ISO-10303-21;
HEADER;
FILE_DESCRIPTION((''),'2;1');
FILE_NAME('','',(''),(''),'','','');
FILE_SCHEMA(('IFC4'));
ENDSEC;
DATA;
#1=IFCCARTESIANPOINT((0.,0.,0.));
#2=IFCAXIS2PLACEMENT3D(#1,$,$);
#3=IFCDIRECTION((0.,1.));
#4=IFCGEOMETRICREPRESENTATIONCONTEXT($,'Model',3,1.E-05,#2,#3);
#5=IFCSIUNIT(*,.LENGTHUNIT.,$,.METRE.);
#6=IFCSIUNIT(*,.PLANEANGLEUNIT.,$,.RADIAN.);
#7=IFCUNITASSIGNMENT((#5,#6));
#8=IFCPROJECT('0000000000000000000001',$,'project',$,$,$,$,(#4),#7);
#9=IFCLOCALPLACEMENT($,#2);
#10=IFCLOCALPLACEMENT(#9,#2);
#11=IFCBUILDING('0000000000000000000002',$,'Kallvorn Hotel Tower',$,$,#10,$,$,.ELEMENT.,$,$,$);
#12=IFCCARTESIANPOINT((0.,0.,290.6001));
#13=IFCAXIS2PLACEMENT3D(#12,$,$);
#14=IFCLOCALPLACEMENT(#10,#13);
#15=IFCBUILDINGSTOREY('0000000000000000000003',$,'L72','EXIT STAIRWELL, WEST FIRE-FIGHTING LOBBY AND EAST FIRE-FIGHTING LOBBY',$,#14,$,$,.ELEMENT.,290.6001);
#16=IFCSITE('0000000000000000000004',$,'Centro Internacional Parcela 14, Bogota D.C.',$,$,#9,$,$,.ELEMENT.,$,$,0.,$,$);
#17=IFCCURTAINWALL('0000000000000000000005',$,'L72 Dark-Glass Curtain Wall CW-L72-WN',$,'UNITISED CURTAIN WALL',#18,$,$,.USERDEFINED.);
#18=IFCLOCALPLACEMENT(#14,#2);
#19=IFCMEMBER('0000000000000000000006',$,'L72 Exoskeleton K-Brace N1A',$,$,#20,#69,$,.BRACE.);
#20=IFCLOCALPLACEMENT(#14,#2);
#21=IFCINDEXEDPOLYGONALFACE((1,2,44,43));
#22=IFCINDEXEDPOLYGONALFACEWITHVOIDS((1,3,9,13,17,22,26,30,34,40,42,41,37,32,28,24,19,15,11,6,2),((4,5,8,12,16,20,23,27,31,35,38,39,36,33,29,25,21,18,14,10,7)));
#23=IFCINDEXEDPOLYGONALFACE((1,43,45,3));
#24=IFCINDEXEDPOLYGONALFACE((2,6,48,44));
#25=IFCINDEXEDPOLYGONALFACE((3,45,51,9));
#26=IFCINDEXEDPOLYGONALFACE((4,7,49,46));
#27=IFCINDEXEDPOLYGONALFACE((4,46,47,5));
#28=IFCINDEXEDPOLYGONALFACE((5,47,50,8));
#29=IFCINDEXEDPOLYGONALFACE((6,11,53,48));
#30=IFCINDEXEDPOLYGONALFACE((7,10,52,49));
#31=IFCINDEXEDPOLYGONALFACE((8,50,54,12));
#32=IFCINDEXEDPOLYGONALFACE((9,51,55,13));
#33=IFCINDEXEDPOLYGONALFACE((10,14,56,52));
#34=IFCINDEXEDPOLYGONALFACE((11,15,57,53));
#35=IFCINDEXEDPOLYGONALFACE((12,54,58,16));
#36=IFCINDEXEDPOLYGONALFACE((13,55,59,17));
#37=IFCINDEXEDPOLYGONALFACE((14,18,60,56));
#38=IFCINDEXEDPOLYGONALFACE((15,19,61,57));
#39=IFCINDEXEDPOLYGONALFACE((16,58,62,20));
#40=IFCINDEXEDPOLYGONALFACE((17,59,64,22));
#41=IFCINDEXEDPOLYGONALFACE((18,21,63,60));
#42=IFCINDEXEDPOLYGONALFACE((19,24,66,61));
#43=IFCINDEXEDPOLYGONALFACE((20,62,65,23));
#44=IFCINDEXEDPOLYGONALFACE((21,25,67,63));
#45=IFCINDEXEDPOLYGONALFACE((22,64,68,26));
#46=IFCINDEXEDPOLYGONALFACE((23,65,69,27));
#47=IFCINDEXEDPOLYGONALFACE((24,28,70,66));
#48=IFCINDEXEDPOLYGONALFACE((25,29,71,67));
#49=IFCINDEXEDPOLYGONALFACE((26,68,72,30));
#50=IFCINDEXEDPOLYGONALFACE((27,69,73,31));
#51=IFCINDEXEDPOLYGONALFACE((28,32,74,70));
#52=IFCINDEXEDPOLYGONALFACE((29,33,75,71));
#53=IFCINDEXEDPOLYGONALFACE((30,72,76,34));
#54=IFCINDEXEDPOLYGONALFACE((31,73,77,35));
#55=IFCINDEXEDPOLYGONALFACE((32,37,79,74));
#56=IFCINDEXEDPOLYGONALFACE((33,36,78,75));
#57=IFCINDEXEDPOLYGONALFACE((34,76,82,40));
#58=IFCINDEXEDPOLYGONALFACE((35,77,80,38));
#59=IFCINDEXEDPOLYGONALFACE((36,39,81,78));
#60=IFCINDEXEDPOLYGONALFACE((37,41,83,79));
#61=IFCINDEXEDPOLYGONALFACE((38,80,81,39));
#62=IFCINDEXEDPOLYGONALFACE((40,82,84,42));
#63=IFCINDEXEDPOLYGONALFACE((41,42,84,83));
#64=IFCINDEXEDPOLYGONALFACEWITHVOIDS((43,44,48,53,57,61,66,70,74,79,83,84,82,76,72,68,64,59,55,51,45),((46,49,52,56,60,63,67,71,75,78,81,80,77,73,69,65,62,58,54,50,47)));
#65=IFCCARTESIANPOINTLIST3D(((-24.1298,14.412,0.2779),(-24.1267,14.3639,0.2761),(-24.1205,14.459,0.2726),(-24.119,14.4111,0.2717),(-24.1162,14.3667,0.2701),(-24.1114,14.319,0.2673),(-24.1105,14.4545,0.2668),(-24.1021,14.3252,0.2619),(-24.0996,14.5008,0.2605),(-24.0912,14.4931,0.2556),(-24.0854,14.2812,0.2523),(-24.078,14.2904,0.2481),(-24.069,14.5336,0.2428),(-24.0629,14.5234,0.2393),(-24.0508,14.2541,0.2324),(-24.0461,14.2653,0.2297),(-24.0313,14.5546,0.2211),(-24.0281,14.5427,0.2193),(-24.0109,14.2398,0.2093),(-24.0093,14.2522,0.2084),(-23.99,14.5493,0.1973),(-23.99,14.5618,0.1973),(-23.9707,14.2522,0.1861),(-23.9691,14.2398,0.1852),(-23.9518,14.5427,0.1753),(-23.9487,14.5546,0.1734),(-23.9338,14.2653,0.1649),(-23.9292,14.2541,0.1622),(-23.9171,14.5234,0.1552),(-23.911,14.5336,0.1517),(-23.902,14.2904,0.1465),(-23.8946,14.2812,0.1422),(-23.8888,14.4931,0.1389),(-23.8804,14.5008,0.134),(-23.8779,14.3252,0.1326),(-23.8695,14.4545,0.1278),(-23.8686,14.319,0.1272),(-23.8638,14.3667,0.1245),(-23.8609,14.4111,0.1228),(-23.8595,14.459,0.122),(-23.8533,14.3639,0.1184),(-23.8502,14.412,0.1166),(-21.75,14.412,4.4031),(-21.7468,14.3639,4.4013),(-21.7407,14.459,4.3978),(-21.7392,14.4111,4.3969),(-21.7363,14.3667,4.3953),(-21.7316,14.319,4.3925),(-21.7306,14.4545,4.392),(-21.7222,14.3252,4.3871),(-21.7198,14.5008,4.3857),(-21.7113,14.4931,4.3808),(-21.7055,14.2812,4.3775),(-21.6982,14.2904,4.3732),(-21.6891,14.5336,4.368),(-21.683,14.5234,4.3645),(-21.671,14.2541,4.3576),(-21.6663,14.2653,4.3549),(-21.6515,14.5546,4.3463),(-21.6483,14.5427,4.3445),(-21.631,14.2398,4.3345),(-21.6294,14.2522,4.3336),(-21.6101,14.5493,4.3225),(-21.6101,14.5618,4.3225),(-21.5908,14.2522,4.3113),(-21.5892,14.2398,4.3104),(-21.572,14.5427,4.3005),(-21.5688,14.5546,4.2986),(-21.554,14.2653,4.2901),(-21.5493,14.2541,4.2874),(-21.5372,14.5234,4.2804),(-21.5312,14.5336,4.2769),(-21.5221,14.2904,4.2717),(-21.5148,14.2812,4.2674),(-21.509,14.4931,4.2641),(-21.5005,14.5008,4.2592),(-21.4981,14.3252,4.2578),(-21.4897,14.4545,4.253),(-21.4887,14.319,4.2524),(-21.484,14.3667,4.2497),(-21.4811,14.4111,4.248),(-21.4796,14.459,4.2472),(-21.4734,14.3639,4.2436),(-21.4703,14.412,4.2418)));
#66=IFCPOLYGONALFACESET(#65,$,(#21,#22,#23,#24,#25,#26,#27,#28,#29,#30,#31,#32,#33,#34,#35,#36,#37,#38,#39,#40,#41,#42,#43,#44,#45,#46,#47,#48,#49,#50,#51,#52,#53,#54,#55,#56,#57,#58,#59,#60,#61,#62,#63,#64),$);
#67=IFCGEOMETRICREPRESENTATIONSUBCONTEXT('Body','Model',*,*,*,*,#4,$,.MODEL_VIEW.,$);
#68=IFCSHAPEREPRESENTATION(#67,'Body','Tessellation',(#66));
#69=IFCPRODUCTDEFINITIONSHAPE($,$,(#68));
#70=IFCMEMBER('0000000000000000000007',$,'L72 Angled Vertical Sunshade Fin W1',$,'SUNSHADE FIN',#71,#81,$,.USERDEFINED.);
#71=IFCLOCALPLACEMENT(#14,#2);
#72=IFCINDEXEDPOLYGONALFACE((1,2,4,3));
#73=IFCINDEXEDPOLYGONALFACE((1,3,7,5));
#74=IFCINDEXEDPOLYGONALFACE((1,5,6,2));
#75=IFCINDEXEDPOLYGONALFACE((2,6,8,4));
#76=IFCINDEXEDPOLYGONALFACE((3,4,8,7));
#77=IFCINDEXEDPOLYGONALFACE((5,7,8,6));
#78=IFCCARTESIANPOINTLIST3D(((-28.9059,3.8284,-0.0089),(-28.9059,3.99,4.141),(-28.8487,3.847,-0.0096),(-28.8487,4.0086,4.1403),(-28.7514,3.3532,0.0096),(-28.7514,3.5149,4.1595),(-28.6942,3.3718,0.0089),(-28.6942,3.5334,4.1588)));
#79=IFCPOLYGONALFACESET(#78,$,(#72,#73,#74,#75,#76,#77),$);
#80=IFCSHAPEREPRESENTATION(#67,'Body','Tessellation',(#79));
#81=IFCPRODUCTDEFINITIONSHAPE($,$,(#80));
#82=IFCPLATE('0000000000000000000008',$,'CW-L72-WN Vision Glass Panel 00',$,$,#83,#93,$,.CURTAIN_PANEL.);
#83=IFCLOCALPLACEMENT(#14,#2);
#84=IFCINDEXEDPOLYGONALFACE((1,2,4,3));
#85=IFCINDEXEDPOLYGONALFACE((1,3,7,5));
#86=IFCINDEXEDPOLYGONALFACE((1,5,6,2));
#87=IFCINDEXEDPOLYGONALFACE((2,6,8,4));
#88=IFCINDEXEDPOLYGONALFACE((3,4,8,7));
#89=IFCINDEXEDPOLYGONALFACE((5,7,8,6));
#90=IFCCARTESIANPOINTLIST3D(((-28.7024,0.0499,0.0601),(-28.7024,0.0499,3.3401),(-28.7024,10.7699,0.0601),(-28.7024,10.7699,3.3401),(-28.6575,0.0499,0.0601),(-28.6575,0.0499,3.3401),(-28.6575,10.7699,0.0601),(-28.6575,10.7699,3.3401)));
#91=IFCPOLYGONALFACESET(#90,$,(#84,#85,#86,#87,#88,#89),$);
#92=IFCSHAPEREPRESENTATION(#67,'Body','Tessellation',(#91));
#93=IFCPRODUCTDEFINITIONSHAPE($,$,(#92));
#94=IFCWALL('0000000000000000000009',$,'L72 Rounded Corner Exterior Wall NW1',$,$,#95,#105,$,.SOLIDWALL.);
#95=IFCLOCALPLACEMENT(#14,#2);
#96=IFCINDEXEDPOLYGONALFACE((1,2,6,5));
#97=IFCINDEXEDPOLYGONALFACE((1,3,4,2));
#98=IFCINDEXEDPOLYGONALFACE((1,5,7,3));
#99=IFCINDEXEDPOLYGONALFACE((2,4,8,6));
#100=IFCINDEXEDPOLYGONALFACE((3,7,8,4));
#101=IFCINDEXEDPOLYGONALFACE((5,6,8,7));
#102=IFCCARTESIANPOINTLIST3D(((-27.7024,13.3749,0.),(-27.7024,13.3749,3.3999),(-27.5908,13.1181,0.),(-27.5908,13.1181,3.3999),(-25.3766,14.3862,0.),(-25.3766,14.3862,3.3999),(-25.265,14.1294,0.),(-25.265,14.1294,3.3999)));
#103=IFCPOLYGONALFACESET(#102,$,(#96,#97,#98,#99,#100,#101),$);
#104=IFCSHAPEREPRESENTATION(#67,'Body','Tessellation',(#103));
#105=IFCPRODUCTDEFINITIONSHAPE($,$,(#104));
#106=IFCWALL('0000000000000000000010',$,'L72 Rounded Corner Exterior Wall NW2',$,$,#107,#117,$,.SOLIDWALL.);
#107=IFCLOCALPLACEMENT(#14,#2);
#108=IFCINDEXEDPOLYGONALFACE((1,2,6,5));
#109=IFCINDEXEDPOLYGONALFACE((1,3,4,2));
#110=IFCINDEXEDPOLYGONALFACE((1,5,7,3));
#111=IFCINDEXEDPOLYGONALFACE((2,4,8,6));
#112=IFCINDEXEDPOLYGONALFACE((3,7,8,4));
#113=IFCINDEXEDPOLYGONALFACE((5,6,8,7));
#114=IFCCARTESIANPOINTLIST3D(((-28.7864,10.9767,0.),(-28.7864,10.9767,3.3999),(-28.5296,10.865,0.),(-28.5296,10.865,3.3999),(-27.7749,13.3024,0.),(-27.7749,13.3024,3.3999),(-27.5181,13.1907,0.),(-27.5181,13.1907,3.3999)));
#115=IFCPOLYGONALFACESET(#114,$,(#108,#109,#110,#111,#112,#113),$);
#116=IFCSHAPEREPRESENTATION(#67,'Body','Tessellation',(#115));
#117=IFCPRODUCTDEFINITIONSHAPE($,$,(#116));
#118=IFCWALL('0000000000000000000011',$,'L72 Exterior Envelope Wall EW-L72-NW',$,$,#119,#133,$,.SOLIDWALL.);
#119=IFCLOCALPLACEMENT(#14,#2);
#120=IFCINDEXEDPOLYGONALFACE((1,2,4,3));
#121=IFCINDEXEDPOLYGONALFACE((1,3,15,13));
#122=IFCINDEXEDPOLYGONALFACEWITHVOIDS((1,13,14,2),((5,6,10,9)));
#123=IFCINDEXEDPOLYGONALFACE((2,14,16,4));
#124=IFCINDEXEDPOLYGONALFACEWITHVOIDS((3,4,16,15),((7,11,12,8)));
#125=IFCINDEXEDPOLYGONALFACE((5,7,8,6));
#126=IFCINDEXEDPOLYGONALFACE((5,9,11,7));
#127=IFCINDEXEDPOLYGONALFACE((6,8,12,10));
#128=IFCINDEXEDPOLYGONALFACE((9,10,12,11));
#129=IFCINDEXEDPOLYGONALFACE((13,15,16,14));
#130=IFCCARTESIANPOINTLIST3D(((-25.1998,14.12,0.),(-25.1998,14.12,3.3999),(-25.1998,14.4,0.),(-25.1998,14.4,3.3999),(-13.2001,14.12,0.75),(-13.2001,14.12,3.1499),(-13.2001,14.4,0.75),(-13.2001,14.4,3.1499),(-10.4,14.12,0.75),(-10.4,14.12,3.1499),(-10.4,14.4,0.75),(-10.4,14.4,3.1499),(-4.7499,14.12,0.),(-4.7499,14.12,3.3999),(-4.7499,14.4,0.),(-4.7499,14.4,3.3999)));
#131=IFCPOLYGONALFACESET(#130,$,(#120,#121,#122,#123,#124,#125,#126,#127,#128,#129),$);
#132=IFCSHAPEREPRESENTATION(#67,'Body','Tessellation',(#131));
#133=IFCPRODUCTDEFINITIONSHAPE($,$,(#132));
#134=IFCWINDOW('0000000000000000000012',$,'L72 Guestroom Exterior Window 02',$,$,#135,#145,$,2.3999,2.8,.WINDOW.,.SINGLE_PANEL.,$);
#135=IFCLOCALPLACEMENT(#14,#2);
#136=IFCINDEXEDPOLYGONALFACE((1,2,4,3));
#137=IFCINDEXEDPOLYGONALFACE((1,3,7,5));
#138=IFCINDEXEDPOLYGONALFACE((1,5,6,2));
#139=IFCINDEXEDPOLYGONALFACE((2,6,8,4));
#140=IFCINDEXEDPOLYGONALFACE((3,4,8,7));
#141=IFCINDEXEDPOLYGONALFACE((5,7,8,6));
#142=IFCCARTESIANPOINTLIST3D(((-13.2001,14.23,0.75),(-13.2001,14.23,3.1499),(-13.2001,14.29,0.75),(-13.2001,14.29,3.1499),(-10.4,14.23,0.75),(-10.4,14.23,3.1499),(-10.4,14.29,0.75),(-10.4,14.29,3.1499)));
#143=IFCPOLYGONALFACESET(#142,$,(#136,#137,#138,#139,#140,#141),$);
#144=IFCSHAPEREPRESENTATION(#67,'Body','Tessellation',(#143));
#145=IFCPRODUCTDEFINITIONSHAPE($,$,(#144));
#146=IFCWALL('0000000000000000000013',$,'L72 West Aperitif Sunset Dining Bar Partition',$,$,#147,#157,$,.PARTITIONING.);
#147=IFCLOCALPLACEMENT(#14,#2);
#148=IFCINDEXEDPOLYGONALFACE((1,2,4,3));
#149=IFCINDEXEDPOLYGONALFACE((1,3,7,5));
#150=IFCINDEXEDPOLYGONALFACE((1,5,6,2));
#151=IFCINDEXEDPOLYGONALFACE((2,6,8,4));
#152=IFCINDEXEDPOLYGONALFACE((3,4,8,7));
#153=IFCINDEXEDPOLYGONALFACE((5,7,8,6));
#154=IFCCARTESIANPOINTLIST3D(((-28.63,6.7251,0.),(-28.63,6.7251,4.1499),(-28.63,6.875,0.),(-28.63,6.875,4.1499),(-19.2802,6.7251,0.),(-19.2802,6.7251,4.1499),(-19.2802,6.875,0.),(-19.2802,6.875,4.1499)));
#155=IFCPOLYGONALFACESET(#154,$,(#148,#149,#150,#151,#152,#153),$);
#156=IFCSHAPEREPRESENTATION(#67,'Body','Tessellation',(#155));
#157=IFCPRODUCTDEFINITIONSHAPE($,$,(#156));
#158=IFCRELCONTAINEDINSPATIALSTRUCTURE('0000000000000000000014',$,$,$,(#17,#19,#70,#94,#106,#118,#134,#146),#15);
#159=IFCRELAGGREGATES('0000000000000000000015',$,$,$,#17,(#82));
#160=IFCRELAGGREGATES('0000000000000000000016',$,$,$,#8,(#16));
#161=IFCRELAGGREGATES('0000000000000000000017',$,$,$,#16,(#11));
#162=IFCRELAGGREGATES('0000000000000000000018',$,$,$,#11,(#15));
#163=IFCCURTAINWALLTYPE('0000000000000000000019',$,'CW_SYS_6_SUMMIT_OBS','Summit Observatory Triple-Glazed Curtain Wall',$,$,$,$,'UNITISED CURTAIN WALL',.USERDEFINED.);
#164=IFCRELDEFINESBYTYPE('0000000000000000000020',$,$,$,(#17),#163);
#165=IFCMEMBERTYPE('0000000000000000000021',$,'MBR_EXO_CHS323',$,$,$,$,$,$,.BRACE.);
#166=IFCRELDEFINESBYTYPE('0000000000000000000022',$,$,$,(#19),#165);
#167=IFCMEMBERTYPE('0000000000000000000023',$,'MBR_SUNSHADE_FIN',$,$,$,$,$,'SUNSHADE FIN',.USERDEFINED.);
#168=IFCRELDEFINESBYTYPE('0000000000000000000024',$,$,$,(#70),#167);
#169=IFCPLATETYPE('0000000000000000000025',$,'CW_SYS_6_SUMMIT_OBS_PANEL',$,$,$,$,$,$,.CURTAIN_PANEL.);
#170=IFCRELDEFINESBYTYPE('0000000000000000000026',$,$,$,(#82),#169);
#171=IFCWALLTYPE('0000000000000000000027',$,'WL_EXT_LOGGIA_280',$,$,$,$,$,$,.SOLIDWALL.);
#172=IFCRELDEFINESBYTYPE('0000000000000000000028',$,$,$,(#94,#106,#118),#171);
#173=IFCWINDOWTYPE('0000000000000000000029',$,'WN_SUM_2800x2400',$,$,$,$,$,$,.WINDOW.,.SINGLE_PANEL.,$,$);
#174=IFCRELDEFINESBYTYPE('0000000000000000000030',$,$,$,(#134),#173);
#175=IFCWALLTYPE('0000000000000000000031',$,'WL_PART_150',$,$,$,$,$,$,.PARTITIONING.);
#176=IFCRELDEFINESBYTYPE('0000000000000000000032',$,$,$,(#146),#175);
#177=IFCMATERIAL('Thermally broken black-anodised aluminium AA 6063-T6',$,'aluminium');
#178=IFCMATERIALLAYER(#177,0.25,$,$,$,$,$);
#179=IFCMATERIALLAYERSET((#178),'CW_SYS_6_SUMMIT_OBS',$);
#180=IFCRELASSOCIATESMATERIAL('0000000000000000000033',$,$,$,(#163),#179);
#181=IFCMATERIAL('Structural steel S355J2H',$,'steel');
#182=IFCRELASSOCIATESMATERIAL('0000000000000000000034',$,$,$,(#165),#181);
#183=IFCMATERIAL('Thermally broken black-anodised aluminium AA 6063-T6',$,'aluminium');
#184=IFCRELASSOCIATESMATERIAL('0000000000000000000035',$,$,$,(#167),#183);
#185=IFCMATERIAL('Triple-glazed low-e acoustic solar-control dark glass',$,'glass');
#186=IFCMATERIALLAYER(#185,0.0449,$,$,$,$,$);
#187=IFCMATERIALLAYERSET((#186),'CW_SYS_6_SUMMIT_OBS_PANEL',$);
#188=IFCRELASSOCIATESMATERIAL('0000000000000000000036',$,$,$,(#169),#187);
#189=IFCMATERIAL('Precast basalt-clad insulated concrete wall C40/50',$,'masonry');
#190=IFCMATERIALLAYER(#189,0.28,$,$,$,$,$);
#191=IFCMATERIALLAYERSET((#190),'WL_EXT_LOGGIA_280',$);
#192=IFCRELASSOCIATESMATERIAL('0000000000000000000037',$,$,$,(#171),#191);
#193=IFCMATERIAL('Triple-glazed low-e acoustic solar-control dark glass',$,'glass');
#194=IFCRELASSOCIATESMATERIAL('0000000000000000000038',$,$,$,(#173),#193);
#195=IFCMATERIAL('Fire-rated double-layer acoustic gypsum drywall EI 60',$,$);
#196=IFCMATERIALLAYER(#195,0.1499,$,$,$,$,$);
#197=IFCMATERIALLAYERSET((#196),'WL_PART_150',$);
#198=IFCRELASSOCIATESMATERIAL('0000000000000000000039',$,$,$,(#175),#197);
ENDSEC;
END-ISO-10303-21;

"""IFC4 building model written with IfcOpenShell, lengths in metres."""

from ifc_helpers import new_model, si_unit, direction, frame, frame_2d, origin, origin_2d, place, context, subcontext, project, spatial, rectangle, hollow_circle, extrude, material, layer, layer_set, material_profile, profile_set, type_object, element, fill, aggregate, save


model = new_model("IFC4")

# Units and contexts
model_context = context("Model", 3, precision=1e-05, world=origin(), true_north=direction((0.0, 1.0)))
body_context = subcontext(model_context, "Body", "Model", "MODEL_VIEW")
ifc_project = project(units=[si_unit("LENGTHUNIT", "METRE"), si_unit("PLANEANGLEUNIT", "RADIAN")], contexts=[model_context])

# Site, building, storey
site_placement = place(None, origin())
site = spatial("IfcSite", under=ifc_project, at=site_placement, Name="Centro Internacional Parcela 14, Bogota D.C.", CompositionType="ELEMENT", RefElevation=0.0)
building_placement = place(site_placement, origin())
building = spatial("IfcBuilding", under=site, at=building_placement, Name="Kallvorn Hotel Tower", CompositionType="ELEMENT")
storey_placement = place(building_placement, frame((0.0, 0.0, 290.6001)))
storey = spatial("IfcBuildingStorey", under=building, at=storey_placement, Name="L72", Description="EXIT STAIRWELL, WEST FIRE-FIGHTING LOBBY AND EAST FIRE-FIGHTING LOBBY", CompositionType="ELEMENT", Elevation=290.6001)

# Curtain wall
ifc_material_1 = material(Name="Thermally broken black-anodised aluminium AA 6063-T6", Category="aluminium")
ifc_layer_1 = layer(ifc_material_1, 0.25)
ifc_layer_set_1 = layer_set([ifc_layer_1], Name="CW_SYS_6_SUMMIT_OBS")
curtain_wall_type = type_object("IfcCurtainWallType", Name="CW_SYS_6_SUMMIT_OBS", Description="Summit Observatory Triple-Glazed Curtain Wall", ElementType="UNITISED CURTAIN WALL", PredefinedType="USERDEFINED", material=ifc_layer_set_1)
curtain_wall_placement = place(storey_placement, origin())
curtain_wall = element("IfcCurtainWall", 1, at=curtain_wall_placement, inside=storey, type_object=curtain_wall_type, Name="L72 Dark-Glass Curtain Wall CW-L72-WN", ObjectType="UNITISED CURTAIN WALL", PredefinedType="USERDEFINED")

# Members
ifc_material_2 = material(Name="Structural steel S355J2H", Category="steel")
ifc_material_profile_1 = material_profile(ifc_material_2, hollow_circle(Radius=0.1619, WallThickness=0.0125, at=origin_2d()), Name="CHS 323.9x12.5")
ifc_profile_set_1 = profile_set([ifc_material_profile_1], Name="Structural steel S355J2H")
member_type_1 = type_object("IfcMemberType", Name="MBR_EXO_CHS323", PredefinedType="BRACE", material=ifc_profile_set_1)
member_1_placement = place(storey_placement, frame((-23.99, 14.3999, 0.1973), z_axis=(0.499712, 0.0, 0.866192), x_axis=(0.0, 1.0, 0.0)))
element("IfcMember", 2, at=member_1_placement, inside=storey, type_object=member_type_1, Name="L72 Exoskeleton K-Brace N1A", PredefinedType="BRACE", context=body_context, shape_type="SweptSolid", body=[
    extrude(hollow_circle(Radius=0.1619, WallThickness=0.0125, at=origin_2d()), origin(), (0.0, 0.0, 1.0), 4.7625),
])
ifc_material_3 = material(Name="Thermally broken black-anodised aluminium AA 6063-T6", Category="aluminium")
ifc_material_profile_2 = material_profile(ifc_material_3, rectangle(XDim=0.0601, YDim=0.5, at=origin_2d()), Name="FIN 500x60")
ifc_profile_set_2 = profile_set([ifc_material_profile_2], Name="Thermally broken black-anodised aluminium AA 6063-T6")
member_type_2 = type_object("IfcMemberType", Name="MBR_SUNSHADE_FIN", ElementType="SUNSHADE FIN", PredefinedType="USERDEFINED", material=ifc_profile_set_2)
member_2_placement = place(storey_placement, frame((-28.8, 3.6001, 0.0), z_axis=(0.0, 0.038916, 0.999242), x_axis=(-0.951057, -0.308783, 0.012026)))
element("IfcMember", 3, at=member_2_placement, inside=storey, type_object=member_type_2, Name="L72 Angled Vertical Sunshade Fin W1", ObjectType="SUNSHADE FIN", PredefinedType="USERDEFINED", context=body_context, shape_type="SweptSolid", body=[
    extrude(rectangle(XDim=0.0601, YDim=0.5, at=origin_2d()), origin(), (0.0, 0.0, 1.0), 4.1531),
])

# Plate
ifc_material_4 = material(Name="Triple-glazed low-e acoustic solar-control dark glass", Category="glass")
ifc_layer_2 = layer(ifc_material_4, 0.0449)
ifc_layer_set_2 = layer_set([ifc_layer_2], Name="CW_SYS_6_SUMMIT_OBS_PANEL")
plate_type = type_object("IfcPlateType", Name="CW_SYS_6_SUMMIT_OBS_PANEL", PredefinedType="CURTAIN_PANEL", material=ifc_layer_set_2)
plate_placement = place(storey_placement, frame((-28.6799, 5.4099, 0.0601), z_axis=(0.0, 0.0, 1.0), x_axis=(0.0, 1.0, 0.0)))
plate = element("IfcPlate", 4, at=plate_placement, type_object=plate_type, Name="CW-L72-WN Vision Glass Panel 00", PredefinedType="CURTAIN_PANEL", context=body_context, shape_type="SweptSolid", body=[
    extrude(rectangle(XDim=10.72, YDim=0.0449, at=origin_2d()), origin(), (0.0, 0.0, 1.0), 3.28),
])
aggregate(curtain_wall, [plate])

# Walls
ifc_material_5 = material(Name="Precast basalt-clad insulated concrete wall C40/50", Category="masonry")
ifc_layer_3 = layer(ifc_material_5, 0.28)
ifc_layer_set_3 = layer_set([ifc_layer_3], Name="WL_EXT_LOGGIA_280")
wall_type_1 = type_object("IfcWallType", Name="WL_EXT_LOGGIA_280", PredefinedType="SOLIDWALL", material=ifc_layer_set_3)
for number, where, z_axis, x_axis, name in (
    (5, (-25.3208, 14.2578, 0.0), (0.0, 0.0, 1.0), (-0.917061, -0.398747, 0.0), "L72 Rounded Corner Exterior Wall NW1"),
    (6, (-27.6465, 13.2466, 0.0), (0.0, 0.0, 1.0), (-0.398828, -0.917026, 0.0), "L72 Rounded Corner Exterior Wall NW2"),
):
    element("IfcWall", number, at=place(storey_placement, frame(where, z_axis=z_axis, x_axis=x_axis)), inside=storey, type_object=wall_type_1, Name=name, PredefinedType="SOLIDWALL", context=body_context, shape_type="SweptSolid", body=[
        extrude(rectangle(XDim=2.5361, YDim=0.28, at=frame_2d((1.2681, 0.0))), origin(), (0.0, 0.0, 1.0), 3.3999),
    ])

# Wall, opening, window
wall_1_placement = place(storey_placement, frame((-25.2, 14.26, 0.0), z_axis=(0.0, 0.0, 1.0), x_axis=(1.0, 0.0, 0.0)))
wall_1 = element("IfcWall", 7, at=wall_1_placement, inside=storey, type_object=wall_type_1, Name="L72 Exterior Envelope Wall EW-L72-NW", PredefinedType="SOLIDWALL", context=body_context, shape_type="SweptSolid", body=[
    extrude(rectangle(XDim=20.45, YDim=0.28, at=frame_2d((10.2251, 0.0))), origin(), (0.0, 0.0, 1.0), 3.3999),
])
opening_placement = place(wall_1_placement, frame((12.0, 0.0, 0.75)))
opening = element("IfcOpeningElement", 8, at=opening_placement, cuts=wall_1, PredefinedType="OPENING", context=body_context, shape_type="SweptSolid", body=[
    extrude(rectangle(XDim=2.8, YDim=2.3999, at=frame_2d((1.3999, 1.2))), frame((0.0, 0.155, 0.0), z_axis=(0.0, -1.0, 0.0), x_axis=(1.0, 0.0, 0.0)), (0.0, 0.0, 1.0), 0.3101),
])
ifc_material_6 = material(Name="Triple-glazed low-e acoustic solar-control dark glass", Category="glass")
window_type = type_object("IfcWindowType", Name="WN_SUM_2800x2400", PartitioningType="SINGLE_PANEL", PredefinedType="WINDOW", material=ifc_material_6)
window_placement = place(opening_placement, origin())
window = element("IfcWindow", 9, at=window_placement, inside=storey, type_object=window_type, Name="L72 Guestroom Exterior Window 02", OverallHeight=2.3999, OverallWidth=2.8, PartitioningType="SINGLE_PANEL", PredefinedType="WINDOW", context=body_context, shape_type="SweptSolid", body=[
    extrude(rectangle(XDim=2.8, YDim=2.3999, at=frame_2d((1.3999, 1.2))), frame((0.0, 0.03, 0.0), z_axis=(0.0, -1.0, 0.0), x_axis=(1.0, 0.0, 0.0)), (0.0, 0.0, 1.0), 0.0601),
])
fill(opening, window)

# Wall
ifc_material_7 = material(Name="Fire-rated double-layer acoustic gypsum drywall EI 60")
ifc_layer_4 = layer(ifc_material_7, 0.1499)
ifc_layer_set_4 = layer_set([ifc_layer_4], Name="WL_PART_150")
wall_type_2 = type_object("IfcWallType", Name="WL_PART_150", PredefinedType="PARTITIONING", material=ifc_layer_set_4)
wall_2_placement = place(storey_placement, frame((-28.6299, 6.8, 0.0), z_axis=(0.0, 0.0, 1.0), x_axis=(1.0, 0.0, 0.0)))
element("IfcWall", 10, at=wall_2_placement, inside=storey, type_object=wall_type_2, Name="L72 West Aperitif Sunset Dining Bar Partition", PredefinedType="PARTITIONING", context=body_context, shape_type="SweptSolid", body=[
    extrude(rectangle(XDim=9.3499, YDim=0.1499, at=frame_2d((4.6748, 0.0))), origin(), (0.0, 0.0, 1.0), 4.1499),
])

save(model, "model.ifc")
